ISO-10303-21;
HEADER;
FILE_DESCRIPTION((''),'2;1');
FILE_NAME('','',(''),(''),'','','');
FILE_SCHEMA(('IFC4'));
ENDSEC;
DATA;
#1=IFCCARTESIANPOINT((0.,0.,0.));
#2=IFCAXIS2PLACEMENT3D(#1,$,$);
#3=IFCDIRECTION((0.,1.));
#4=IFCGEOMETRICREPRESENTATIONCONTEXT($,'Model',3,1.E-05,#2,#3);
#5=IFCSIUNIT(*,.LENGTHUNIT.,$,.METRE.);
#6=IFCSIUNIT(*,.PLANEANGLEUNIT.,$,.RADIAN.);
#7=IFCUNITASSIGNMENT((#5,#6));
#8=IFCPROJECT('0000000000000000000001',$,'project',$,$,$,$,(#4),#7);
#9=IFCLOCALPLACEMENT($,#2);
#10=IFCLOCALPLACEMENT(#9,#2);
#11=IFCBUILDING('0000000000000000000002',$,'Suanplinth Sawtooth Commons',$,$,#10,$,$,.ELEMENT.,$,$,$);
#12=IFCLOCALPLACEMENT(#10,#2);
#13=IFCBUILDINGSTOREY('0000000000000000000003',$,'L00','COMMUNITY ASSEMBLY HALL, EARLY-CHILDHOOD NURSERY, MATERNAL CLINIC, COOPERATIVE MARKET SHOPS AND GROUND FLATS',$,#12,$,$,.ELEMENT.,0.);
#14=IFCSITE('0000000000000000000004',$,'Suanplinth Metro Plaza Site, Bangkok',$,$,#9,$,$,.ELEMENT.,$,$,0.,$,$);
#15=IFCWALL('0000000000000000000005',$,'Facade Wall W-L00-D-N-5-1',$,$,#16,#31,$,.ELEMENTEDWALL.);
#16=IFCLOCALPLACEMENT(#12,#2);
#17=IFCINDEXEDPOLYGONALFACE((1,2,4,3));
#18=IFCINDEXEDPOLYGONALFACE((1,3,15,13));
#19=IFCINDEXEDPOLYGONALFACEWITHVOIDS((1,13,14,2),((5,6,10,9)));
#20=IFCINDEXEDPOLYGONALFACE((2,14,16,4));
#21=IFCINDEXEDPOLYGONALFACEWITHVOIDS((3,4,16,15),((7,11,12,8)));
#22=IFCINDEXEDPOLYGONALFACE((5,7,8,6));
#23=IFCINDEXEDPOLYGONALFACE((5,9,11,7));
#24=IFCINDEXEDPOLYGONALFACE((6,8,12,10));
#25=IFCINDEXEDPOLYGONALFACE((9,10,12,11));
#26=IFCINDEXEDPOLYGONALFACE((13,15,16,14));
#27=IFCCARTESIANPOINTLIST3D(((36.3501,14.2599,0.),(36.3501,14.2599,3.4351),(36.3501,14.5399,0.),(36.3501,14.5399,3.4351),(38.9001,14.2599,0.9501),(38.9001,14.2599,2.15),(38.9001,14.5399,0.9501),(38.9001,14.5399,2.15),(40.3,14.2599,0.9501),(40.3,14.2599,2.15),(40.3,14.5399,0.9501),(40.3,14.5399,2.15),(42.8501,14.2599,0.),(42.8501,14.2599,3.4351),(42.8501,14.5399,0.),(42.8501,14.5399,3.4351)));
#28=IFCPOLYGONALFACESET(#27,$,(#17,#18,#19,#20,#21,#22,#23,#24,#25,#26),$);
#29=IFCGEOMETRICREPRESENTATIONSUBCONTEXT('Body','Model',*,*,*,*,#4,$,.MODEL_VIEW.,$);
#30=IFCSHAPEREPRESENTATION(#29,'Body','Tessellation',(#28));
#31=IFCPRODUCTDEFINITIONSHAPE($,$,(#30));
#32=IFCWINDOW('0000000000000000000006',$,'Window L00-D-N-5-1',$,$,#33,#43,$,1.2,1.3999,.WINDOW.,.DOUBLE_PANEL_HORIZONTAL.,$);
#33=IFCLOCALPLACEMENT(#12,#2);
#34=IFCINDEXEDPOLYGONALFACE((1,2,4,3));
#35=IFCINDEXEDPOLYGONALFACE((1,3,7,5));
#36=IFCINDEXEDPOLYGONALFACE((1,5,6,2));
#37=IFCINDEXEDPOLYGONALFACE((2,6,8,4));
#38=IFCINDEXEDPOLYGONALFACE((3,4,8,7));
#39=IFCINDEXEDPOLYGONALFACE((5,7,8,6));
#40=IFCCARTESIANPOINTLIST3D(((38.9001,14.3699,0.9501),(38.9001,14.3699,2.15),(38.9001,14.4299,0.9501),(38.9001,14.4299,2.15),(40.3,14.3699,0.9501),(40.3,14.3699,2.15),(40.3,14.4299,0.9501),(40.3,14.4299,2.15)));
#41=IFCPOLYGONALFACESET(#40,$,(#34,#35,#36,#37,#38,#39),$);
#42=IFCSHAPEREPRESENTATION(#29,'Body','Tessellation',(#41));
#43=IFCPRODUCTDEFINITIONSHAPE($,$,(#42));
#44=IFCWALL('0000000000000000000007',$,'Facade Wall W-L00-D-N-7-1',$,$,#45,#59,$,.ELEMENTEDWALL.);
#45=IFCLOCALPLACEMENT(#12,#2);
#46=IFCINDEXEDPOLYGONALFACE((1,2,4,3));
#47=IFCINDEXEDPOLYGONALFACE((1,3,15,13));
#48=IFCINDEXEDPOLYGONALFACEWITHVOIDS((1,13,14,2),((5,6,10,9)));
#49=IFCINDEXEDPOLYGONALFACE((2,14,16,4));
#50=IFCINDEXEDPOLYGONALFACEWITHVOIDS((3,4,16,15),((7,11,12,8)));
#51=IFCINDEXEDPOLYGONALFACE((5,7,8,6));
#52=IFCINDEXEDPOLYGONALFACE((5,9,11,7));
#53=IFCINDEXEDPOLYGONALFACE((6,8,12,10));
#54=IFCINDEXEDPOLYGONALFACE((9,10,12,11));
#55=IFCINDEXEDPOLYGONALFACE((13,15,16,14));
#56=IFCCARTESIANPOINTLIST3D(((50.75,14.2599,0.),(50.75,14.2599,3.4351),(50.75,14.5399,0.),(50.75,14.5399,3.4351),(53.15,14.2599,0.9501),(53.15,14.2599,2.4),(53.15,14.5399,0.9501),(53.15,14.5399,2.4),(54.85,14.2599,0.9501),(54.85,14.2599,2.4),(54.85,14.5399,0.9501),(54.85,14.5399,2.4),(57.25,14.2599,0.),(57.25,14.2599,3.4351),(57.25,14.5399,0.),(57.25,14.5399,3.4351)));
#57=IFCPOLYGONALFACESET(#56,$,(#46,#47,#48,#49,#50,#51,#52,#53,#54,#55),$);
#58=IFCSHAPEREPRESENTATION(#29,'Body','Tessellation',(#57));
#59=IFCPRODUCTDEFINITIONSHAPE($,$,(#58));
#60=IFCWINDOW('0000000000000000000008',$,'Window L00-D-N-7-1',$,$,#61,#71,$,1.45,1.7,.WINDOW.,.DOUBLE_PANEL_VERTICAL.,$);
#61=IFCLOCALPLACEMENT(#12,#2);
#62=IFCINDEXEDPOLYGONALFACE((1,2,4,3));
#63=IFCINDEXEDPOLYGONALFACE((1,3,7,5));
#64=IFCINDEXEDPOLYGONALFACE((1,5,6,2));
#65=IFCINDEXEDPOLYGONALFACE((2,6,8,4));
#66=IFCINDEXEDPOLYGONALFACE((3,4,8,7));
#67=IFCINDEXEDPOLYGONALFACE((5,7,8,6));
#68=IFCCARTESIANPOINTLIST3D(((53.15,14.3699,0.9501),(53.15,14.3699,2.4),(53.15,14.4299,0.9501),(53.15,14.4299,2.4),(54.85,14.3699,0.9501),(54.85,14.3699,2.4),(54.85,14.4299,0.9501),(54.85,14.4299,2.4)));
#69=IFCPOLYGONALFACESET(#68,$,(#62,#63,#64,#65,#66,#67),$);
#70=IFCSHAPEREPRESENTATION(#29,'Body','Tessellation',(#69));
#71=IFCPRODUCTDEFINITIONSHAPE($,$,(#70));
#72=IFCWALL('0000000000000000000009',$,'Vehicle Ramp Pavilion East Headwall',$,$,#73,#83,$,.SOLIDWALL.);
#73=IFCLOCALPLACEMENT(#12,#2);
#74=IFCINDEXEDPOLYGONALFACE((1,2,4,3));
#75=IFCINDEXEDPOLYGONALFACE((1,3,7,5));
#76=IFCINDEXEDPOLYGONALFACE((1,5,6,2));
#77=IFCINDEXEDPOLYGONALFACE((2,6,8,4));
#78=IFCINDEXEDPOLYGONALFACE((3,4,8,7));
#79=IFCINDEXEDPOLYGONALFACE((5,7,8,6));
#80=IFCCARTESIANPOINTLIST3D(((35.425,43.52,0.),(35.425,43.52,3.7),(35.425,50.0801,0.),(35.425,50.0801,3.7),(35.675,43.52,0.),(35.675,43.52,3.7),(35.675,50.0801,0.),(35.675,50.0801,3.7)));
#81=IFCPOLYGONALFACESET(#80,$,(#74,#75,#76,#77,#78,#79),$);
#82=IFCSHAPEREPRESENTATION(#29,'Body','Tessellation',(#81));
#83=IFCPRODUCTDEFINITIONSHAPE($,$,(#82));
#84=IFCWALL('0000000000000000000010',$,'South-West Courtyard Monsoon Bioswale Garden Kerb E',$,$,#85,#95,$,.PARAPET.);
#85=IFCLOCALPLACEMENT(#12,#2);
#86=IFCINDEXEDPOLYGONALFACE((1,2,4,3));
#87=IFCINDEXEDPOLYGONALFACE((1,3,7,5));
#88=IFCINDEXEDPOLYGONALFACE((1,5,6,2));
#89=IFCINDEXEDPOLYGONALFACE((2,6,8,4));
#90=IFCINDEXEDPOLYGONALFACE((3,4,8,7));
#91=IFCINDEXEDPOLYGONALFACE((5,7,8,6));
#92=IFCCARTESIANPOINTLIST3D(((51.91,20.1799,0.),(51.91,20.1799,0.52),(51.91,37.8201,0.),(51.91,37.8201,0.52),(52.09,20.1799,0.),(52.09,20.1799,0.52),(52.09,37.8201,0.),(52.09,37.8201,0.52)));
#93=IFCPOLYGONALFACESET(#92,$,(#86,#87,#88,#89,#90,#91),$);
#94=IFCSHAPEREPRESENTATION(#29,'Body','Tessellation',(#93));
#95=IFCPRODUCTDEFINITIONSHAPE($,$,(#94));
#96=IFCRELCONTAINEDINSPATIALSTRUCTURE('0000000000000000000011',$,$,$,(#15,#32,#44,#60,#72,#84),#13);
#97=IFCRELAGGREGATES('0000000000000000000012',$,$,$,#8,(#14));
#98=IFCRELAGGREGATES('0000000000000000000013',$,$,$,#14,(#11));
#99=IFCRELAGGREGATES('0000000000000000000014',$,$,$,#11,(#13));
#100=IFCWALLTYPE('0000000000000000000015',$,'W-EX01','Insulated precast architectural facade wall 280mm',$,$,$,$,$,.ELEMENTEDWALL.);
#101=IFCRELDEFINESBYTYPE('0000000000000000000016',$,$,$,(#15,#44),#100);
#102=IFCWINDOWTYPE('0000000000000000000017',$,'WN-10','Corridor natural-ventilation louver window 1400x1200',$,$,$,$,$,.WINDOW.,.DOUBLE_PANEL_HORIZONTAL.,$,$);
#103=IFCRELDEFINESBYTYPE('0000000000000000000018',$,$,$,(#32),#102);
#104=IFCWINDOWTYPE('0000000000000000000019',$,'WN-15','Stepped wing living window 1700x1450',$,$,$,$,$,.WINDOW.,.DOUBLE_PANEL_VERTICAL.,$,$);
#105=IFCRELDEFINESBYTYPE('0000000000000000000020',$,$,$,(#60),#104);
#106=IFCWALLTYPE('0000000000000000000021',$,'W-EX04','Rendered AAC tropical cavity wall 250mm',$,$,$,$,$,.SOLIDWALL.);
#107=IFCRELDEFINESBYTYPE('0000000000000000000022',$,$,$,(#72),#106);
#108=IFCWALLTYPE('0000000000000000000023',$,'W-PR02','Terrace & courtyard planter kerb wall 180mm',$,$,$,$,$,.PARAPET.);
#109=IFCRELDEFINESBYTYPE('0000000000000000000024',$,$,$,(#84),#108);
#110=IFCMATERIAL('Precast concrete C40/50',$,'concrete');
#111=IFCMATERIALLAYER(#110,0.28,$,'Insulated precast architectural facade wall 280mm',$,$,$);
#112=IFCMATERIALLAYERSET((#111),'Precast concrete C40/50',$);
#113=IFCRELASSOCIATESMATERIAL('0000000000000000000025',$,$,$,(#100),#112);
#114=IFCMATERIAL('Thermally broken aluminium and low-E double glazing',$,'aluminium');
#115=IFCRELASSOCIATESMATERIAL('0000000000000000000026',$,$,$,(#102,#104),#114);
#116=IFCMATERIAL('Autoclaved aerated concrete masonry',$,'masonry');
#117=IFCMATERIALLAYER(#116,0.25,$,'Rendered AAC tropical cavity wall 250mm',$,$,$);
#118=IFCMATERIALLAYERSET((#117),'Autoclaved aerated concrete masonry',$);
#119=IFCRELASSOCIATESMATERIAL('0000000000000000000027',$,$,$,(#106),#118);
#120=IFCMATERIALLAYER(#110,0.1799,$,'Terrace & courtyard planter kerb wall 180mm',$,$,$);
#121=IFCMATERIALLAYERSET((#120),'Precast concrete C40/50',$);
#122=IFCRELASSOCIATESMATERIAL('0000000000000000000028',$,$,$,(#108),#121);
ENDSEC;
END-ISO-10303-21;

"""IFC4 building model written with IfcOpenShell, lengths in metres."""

from ifc_helpers import new_model, si_unit, direction, frame, frame_2d, origin, place, context, subcontext, project, spatial, rectangle, extrude, material, layer, layer_set, type_object, element, fill, save


model = new_model("IFC4")

# Units and contexts
model_context = context("Model", 3, precision=1e-05, world=origin(), true_north=direction((0.0, 1.0)))
body_context = subcontext(model_context, "Body", "Model", "MODEL_VIEW")
ifc_project = project(units=[si_unit("LENGTHUNIT", "METRE"), si_unit("PLANEANGLEUNIT", "RADIAN")], contexts=[model_context])

# Site, building, storey
site_placement = place(None, origin())
site = spatial("IfcSite", under=ifc_project, at=site_placement, Name="Suanplinth Metro Plaza Site, Bangkok", CompositionType="ELEMENT", RefElevation=0.0)
building_placement = place(site_placement, origin())
building = spatial("IfcBuilding", under=site, at=building_placement, Name="Suanplinth Sawtooth Commons", CompositionType="ELEMENT")
storey_placement = place(building_placement, origin())
storey = spatial("IfcBuildingStorey", under=building, at=storey_placement, Name="L00", Description="COMMUNITY ASSEMBLY HALL, EARLY-CHILDHOOD NURSERY, MATERNAL CLINIC, COOPERATIVE MARKET SHOPS AND GROUND FLATS", CompositionType="ELEMENT", Elevation=0.0)

# Shared definitions
ifc_material_1 = material(Name="Precast concrete C40/50", Category="concrete")

# Wall, opening, window
ifc_layer_1 = layer(ifc_material_1, 0.28, Name="Insulated precast architectural facade wall 280mm")
ifc_layer_set_1 = layer_set([ifc_layer_1], Name="Precast concrete C40/50")
wall_type_1 = type_object("IfcWallType", Name="W-EX01", Description="Insulated precast architectural facade wall 280mm", PredefinedType="ELEMENTEDWALL", material=ifc_layer_set_1)
wall_1_placement = place(storey_placement, frame((36.3501, 14.3999, 0.0), z_axis=(0.0, 0.0, 1.0), x_axis=(1.0, 0.0, 0.0)))
wall_1 = element("IfcWall", 1, at=wall_1_placement, inside=storey, type_object=wall_type_1, Name="Facade Wall W-L00-D-N-5-1", PredefinedType="ELEMENTEDWALL", context=body_context, shape_type="SweptSolid", body=[
    extrude(rectangle(XDim=6.5, YDim=0.28, at=frame_2d((3.25, 0.0))), origin(), (0.0, 0.0, 1.0), 3.4351),
])
opening_1_placement = place(wall_1_placement, frame((2.55, 0.0, 0.95)))
opening_1 = element("IfcOpeningElement", 2, at=opening_1_placement, cuts=wall_1, PredefinedType="OPENING", context=body_context, shape_type="SweptSolid", body=[
    extrude(rectangle(XDim=1.3999, YDim=1.2, at=frame_2d((0.7, 0.6001))), frame((0.0, 0.1548, 0.0), z_axis=(0.0, -1.0, 0.0), x_axis=(1.0, 0.0, 0.0)), (0.0, 0.0, 1.0), 0.3098),
])
ifc_material_2 = material(Name="Thermally broken aluminium and low-E double glazing", Category="aluminium")
window_type_1 = type_object("IfcWindowType", Name="WN-10", Description="Corridor natural-ventilation louver window 1400x1200", PartitioningType="DOUBLE_PANEL_HORIZONTAL", PredefinedType="WINDOW", material=ifc_material_2)
window_1_placement = place(opening_1_placement, origin())
window_1 = element("IfcWindow", 3, at=window_1_placement, inside=storey, type_object=window_type_1, Name="Window L00-D-N-5-1", OverallHeight=1.2, OverallWidth=1.3999, PartitioningType="DOUBLE_PANEL_HORIZONTAL", PredefinedType="WINDOW", context=body_context, shape_type="SweptSolid", body=[
    extrude(rectangle(XDim=1.3999, YDim=1.2, at=frame_2d((0.7, 0.6001))), frame((0.0, 0.03, 0.0), z_axis=(0.0, -1.0, 0.0), x_axis=(1.0, 0.0, 0.0)), (0.0, 0.0, 1.0), 0.0601),
])
fill(opening_1, window_1)

# Wall, opening, window
wall_2_placement = place(storey_placement, frame((50.75, 14.3999, 0.0), z_axis=(0.0, 0.0, 1.0), x_axis=(1.0, 0.0, 0.0)))
wall_2 = element("IfcWall", 4, at=wall_2_placement, inside=storey, type_object=wall_type_1, Name="Facade Wall W-L00-D-N-7-1", PredefinedType="ELEMENTEDWALL", context=body_context, shape_type="SweptSolid", body=[
    extrude(rectangle(XDim=6.5, YDim=0.28, at=frame_2d((3.25, 0.0))), origin(), (0.0, 0.0, 1.0), 3.4351),
])
opening_2_placement = place(wall_2_placement, frame((2.3999, 0.0, 0.95)))
opening_2 = element("IfcOpeningElement", 5, at=opening_2_placement, cuts=wall_2, PredefinedType="OPENING", context=body_context, shape_type="SweptSolid", body=[
    extrude(rectangle(XDim=1.7, YDim=1.45, at=frame_2d((0.8501, 0.7251))), frame((0.0, 0.1548, 0.0), z_axis=(0.0, -1.0, 0.0), x_axis=(1.0, 0.0, 0.0)), (0.0, 0.0, 1.0), 0.3098),
])
window_type_2 = type_object("IfcWindowType", Name="WN-15", Description="Stepped wing living window 1700x1450", PartitioningType="DOUBLE_PANEL_VERTICAL", PredefinedType="WINDOW", material=ifc_material_2)
window_2_placement = place(opening_2_placement, origin())
window_2 = element("IfcWindow", 6, at=window_2_placement, inside=storey, type_object=window_type_2, Name="Window L00-D-N-7-1", OverallHeight=1.45, OverallWidth=1.7, PartitioningType="DOUBLE_PANEL_VERTICAL", PredefinedType="WINDOW", context=body_context, shape_type="SweptSolid", body=[
    extrude(rectangle(XDim=1.7, YDim=1.45, at=frame_2d((0.8501, 0.7251))), frame((0.0, 0.03, 0.0), z_axis=(0.0, -1.0, 0.0), x_axis=(1.0, 0.0, 0.0)), (0.0, 0.0, 1.0), 0.0601),
])
fill(opening_2, window_2)

# Walls
ifc_material_3 = material(Name="Autoclaved aerated concrete masonry", Category="masonry")
ifc_layer_2 = layer(ifc_material_3, 0.25, Name="Rendered AAC tropical cavity wall 250mm")
ifc_layer_set_2 = layer_set([ifc_layer_2], Name="Autoclaved aerated concrete masonry")
wall_type_2 = type_object("IfcWallType", Name="W-EX04", Description="Rendered AAC tropical cavity wall 250mm", PredefinedType="SOLIDWALL", material=ifc_layer_set_2)
wall_3_placement = place(storey_placement, frame((35.55, 43.52, 0.0), z_axis=(0.0, 0.0, 1.0), x_axis=(0.0, 1.0, 0.0)))
element("IfcWall", 7, at=wall_3_placement, inside=storey, type_object=wall_type_2, Name="Vehicle Ramp Pavilion East Headwall", PredefinedType="SOLIDWALL", context=body_context, shape_type="SweptSolid", body=[
    extrude(rectangle(XDim=6.5601, YDim=0.25, at=frame_2d((3.28, 0.0))), origin(), (0.0, 0.0, 1.0), 3.7),
])
ifc_layer_3 = layer(ifc_material_1, 0.1799, Name="Terrace & courtyard planter kerb wall 180mm")
ifc_layer_set_3 = layer_set([ifc_layer_3], Name="Precast concrete C40/50")
wall_type_3 = type_object("IfcWallType", Name="W-PR02", Description="Terrace & courtyard planter kerb wall 180mm", PredefinedType="PARAPET", material=ifc_layer_set_3)
wall_4_placement = place(storey_placement, frame((52.0, 20.1799, 0.0), z_axis=(0.0, 0.0, 1.0), x_axis=(0.0, 1.0, 0.0)))
element("IfcWall", 8, at=wall_4_placement, inside=storey, type_object=wall_type_3, Name="South-West Courtyard Monsoon Bioswale Garden Kerb E", PredefinedType="PARAPET", context=body_context, shape_type="SweptSolid", body=[
    extrude(rectangle(XDim=17.6401, YDim=0.1799, at=frame_2d((8.8201, 0.0))), origin(), (0.0, 0.0, 1.0), 0.52),
])

save(model, "model.ifc")
